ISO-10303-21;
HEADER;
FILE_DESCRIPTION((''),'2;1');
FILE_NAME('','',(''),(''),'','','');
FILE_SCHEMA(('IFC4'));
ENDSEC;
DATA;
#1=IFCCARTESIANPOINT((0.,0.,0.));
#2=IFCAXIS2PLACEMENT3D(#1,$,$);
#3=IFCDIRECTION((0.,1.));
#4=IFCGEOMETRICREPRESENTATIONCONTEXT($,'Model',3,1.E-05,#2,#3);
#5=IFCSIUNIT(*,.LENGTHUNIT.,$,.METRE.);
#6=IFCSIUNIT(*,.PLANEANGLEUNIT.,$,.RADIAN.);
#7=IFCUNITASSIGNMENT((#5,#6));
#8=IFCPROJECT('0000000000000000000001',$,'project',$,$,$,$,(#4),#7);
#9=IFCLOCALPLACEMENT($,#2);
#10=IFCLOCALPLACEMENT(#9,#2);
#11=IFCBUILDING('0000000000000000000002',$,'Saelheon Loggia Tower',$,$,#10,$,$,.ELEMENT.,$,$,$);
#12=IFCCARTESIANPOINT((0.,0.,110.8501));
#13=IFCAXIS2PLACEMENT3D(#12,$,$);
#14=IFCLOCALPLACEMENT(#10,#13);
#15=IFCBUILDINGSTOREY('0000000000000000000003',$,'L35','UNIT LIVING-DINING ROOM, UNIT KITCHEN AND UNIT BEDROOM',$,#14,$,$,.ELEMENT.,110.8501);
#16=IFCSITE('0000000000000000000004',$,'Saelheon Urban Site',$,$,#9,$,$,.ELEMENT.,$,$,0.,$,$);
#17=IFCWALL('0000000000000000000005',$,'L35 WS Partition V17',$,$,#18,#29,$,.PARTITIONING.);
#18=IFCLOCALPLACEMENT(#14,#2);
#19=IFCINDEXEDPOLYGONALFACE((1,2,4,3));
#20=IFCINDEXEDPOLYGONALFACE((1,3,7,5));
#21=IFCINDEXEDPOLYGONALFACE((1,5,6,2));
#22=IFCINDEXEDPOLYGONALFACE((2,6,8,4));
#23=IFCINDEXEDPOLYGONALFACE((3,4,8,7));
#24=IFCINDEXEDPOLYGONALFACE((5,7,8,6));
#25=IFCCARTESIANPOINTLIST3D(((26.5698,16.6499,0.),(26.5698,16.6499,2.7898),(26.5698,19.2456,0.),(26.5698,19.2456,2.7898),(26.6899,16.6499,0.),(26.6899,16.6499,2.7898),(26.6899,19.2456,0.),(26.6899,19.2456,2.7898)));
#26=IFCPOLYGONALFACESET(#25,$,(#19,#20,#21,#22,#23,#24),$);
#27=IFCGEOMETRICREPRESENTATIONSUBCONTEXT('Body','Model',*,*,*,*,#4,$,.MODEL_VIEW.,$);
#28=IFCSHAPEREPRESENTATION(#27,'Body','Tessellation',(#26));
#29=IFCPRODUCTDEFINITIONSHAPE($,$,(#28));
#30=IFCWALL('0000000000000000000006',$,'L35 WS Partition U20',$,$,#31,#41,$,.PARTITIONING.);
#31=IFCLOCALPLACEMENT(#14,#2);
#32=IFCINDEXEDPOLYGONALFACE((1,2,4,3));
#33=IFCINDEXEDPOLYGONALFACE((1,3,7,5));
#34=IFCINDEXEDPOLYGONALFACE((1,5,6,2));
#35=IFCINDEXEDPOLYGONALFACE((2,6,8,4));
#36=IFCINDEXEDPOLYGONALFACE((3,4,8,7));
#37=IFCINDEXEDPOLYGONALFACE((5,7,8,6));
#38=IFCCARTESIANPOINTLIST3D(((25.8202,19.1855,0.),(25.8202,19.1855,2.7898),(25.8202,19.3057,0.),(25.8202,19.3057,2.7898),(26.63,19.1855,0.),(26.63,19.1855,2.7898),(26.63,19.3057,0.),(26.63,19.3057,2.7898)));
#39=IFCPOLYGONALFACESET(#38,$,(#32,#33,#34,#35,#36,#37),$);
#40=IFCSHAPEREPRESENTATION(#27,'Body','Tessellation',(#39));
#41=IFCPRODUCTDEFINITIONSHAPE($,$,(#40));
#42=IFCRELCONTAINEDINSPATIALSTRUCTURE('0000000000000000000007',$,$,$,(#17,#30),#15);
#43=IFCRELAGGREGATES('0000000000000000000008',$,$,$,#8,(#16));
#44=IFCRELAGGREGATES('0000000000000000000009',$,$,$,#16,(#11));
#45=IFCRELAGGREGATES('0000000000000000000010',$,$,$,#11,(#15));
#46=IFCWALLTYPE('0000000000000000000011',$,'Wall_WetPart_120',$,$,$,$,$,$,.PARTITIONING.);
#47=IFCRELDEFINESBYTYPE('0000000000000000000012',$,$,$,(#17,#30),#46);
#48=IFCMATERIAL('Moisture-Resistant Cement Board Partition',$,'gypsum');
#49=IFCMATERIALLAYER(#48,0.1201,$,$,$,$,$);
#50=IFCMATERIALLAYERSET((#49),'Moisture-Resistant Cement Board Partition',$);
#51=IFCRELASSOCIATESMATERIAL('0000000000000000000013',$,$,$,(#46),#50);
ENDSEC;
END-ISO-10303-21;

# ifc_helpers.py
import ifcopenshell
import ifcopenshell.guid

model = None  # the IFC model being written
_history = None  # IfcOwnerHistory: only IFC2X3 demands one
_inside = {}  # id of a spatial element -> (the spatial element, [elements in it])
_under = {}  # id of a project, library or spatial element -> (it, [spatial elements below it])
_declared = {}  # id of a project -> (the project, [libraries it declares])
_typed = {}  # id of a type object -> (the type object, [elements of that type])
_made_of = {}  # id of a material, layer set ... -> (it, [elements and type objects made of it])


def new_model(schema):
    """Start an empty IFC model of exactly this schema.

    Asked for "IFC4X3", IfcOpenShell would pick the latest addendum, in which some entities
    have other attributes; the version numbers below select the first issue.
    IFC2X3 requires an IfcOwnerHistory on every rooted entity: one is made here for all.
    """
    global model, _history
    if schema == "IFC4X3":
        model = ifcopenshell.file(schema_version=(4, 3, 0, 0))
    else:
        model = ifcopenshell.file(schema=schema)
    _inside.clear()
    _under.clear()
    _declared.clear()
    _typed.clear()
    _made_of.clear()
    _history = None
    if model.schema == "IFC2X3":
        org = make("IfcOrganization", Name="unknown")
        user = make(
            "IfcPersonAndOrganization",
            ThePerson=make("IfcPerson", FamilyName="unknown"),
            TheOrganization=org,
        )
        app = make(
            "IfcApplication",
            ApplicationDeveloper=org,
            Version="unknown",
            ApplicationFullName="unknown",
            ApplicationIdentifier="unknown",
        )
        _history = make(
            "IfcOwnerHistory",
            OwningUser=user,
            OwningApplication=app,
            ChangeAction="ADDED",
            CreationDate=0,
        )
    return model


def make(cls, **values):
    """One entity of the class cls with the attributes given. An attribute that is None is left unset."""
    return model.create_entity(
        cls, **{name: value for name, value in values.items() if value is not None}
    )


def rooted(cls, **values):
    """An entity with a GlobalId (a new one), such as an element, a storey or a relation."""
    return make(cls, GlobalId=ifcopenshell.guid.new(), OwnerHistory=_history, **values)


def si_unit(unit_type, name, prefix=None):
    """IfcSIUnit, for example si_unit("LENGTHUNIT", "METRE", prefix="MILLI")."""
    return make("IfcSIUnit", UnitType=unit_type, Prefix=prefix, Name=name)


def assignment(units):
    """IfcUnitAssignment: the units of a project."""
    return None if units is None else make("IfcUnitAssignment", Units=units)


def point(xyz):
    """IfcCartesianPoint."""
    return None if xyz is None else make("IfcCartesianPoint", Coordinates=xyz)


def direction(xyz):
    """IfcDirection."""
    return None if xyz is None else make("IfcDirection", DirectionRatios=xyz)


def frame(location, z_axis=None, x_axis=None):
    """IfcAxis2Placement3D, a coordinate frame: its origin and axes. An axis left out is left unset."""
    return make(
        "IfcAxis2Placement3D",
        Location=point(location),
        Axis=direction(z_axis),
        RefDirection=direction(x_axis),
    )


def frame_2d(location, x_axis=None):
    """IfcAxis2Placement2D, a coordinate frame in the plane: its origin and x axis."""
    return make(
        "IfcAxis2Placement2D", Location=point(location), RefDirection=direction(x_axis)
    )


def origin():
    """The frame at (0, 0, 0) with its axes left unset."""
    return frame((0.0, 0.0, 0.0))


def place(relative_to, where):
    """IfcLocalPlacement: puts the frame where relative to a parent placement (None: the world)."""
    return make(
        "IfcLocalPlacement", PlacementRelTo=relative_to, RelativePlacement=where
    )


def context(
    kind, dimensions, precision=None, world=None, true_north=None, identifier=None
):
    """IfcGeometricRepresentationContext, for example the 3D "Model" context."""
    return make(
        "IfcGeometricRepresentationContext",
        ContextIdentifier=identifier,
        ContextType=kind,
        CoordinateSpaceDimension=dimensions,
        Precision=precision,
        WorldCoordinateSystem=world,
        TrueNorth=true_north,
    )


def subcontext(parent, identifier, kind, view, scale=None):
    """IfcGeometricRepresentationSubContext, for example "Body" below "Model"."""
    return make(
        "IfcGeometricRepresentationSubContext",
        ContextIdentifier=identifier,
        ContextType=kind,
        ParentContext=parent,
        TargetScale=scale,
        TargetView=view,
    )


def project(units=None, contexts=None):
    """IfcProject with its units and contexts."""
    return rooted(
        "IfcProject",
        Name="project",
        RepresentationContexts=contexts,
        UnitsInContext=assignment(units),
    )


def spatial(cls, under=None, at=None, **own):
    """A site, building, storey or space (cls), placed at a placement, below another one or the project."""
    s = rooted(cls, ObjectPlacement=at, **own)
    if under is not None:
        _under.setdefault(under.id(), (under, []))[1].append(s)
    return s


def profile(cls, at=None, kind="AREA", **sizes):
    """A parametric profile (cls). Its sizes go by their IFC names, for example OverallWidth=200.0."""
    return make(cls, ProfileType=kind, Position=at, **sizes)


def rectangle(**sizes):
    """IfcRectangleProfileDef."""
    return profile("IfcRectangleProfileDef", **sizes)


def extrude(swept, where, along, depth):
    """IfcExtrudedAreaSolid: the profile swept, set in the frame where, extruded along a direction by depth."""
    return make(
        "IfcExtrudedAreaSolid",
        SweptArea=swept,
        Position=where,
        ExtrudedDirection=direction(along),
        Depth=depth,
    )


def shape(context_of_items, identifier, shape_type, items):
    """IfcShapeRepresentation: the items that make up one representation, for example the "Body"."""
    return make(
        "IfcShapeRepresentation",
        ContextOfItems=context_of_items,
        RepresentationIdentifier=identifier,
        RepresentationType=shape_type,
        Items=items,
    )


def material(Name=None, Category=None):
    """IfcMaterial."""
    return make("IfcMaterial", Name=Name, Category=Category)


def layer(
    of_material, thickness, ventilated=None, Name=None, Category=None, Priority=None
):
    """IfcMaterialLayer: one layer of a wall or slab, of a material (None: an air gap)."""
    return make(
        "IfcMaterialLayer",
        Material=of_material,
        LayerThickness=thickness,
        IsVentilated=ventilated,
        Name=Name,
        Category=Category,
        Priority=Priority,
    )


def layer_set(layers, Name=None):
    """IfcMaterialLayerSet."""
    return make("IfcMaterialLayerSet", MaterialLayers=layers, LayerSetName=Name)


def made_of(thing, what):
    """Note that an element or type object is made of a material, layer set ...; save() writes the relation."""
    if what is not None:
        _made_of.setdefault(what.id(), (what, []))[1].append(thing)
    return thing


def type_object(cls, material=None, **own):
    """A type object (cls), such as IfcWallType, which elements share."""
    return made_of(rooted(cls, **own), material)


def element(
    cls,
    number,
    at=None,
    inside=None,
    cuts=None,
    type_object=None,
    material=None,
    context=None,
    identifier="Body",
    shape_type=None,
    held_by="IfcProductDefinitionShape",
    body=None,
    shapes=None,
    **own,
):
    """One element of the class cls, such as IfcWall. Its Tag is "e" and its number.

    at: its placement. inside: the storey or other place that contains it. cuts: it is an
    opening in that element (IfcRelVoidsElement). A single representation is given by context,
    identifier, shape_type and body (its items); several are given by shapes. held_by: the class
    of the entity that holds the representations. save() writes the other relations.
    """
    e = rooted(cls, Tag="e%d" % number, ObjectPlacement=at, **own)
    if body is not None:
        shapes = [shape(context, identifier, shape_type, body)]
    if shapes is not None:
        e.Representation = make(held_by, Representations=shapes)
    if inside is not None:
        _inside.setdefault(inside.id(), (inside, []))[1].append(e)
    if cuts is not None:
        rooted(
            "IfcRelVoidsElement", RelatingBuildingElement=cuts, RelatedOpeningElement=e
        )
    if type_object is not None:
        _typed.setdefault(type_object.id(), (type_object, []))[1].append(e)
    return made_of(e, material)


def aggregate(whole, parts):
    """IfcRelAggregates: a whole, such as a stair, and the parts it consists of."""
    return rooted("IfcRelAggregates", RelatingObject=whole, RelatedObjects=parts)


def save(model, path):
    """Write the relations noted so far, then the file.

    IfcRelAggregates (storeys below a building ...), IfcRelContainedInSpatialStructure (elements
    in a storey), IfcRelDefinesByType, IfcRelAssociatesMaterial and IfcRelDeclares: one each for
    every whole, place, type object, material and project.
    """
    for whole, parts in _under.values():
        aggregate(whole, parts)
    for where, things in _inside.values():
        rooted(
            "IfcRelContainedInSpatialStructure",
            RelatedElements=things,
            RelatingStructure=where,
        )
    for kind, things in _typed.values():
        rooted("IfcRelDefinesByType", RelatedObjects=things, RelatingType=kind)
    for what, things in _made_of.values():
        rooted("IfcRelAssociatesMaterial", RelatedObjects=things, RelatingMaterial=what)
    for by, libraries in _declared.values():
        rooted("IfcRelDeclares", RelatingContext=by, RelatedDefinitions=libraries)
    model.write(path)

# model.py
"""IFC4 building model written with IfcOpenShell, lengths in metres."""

from ifc_helpers import new_model, si_unit, direction, frame, frame_2d, origin, place, context, subcontext, project, spatial, rectangle, extrude, material, layer, layer_set, type_object, element, save


model = new_model("IFC4")

# Units and contexts
model_context = context("Model", 3, precision=1e-05, world=origin(), true_north=direction((0.0, 1.0)))
body_context = subcontext(model_context, "Body", "Model", "MODEL_VIEW")
ifc_project = project(units=[si_unit("LENGTHUNIT", "METRE"), si_unit("PLANEANGLEUNIT", "RADIAN")], contexts=[model_context])

# Site, building, storey
site_placement = place(None, origin())
site = spatial("IfcSite", under=ifc_project, at=site_placement, Name="Saelheon Urban Site", CompositionType="ELEMENT", RefElevation=0.0)
building_placement = place(site_placement, origin())
building = spatial("IfcBuilding", under=site, at=building_placement, Name="Saelheon Loggia Tower", CompositionType="ELEMENT")
storey_placement = place(building_placement, frame((0.0, 0.0, 110.8501)))
storey = spatial("IfcBuildingStorey", under=building, at=storey_placement, Name="L35", Description="UNIT LIVING-DINING ROOM, UNIT KITCHEN AND UNIT BEDROOM", CompositionType="ELEMENT", Elevation=110.8501)

# Walls
ifc_material_1 = material(Name="Moisture-Resistant Cement Board Partition", Category="gypsum")
ifc_layer_1 = layer(ifc_material_1, 0.1201)
ifc_layer_set_1 = layer_set([ifc_layer_1], Name="Moisture-Resistant Cement Board Partition")
wall_type_1 = type_object("IfcWallType", Name="Wall_WetPart_120", PredefinedType="PARTITIONING", material=ifc_layer_set_1)
wall_1_placement = place(storey_placement, frame((26.6299, 16.6499, 0.0), z_axis=(0.0, 0.0, 1.0), x_axis=(0.0, 1.0, 0.0)))
element("IfcWall", 1, at=wall_1_placement, inside=storey, type_object=wall_type_1, Name="L35 WS Partition V17", PredefinedType="PARTITIONING", context=body_context, shape_type="SweptSolid", body=[
    extrude(rectangle(XDim=2.5957, YDim=0.1201, at=frame_2d((1.2979, 0.0))), origin(), (0.0, 0.0, 1.0), 2.7898),
])
wall_2_placement = place(storey_placement, frame((26.6299, 19.2456, 0.0), z_axis=(0.0, 0.0, 1.0), x_axis=(-1.0, 0.0, 0.0)))
element("IfcWall", 2, at=wall_2_placement, inside=storey, type_object=wall_type_1, Name="L35 WS Partition U20", PredefinedType="PARTITIONING", context=body_context, shape_type="SweptSolid", body=[
    extrude(rectangle(XDim=0.8098, YDim=0.1201, at=frame_2d((0.4048, 0.0))), origin(), (0.0, 0.0, 1.0), 2.7898),
])

save(model, "model.ifc")
